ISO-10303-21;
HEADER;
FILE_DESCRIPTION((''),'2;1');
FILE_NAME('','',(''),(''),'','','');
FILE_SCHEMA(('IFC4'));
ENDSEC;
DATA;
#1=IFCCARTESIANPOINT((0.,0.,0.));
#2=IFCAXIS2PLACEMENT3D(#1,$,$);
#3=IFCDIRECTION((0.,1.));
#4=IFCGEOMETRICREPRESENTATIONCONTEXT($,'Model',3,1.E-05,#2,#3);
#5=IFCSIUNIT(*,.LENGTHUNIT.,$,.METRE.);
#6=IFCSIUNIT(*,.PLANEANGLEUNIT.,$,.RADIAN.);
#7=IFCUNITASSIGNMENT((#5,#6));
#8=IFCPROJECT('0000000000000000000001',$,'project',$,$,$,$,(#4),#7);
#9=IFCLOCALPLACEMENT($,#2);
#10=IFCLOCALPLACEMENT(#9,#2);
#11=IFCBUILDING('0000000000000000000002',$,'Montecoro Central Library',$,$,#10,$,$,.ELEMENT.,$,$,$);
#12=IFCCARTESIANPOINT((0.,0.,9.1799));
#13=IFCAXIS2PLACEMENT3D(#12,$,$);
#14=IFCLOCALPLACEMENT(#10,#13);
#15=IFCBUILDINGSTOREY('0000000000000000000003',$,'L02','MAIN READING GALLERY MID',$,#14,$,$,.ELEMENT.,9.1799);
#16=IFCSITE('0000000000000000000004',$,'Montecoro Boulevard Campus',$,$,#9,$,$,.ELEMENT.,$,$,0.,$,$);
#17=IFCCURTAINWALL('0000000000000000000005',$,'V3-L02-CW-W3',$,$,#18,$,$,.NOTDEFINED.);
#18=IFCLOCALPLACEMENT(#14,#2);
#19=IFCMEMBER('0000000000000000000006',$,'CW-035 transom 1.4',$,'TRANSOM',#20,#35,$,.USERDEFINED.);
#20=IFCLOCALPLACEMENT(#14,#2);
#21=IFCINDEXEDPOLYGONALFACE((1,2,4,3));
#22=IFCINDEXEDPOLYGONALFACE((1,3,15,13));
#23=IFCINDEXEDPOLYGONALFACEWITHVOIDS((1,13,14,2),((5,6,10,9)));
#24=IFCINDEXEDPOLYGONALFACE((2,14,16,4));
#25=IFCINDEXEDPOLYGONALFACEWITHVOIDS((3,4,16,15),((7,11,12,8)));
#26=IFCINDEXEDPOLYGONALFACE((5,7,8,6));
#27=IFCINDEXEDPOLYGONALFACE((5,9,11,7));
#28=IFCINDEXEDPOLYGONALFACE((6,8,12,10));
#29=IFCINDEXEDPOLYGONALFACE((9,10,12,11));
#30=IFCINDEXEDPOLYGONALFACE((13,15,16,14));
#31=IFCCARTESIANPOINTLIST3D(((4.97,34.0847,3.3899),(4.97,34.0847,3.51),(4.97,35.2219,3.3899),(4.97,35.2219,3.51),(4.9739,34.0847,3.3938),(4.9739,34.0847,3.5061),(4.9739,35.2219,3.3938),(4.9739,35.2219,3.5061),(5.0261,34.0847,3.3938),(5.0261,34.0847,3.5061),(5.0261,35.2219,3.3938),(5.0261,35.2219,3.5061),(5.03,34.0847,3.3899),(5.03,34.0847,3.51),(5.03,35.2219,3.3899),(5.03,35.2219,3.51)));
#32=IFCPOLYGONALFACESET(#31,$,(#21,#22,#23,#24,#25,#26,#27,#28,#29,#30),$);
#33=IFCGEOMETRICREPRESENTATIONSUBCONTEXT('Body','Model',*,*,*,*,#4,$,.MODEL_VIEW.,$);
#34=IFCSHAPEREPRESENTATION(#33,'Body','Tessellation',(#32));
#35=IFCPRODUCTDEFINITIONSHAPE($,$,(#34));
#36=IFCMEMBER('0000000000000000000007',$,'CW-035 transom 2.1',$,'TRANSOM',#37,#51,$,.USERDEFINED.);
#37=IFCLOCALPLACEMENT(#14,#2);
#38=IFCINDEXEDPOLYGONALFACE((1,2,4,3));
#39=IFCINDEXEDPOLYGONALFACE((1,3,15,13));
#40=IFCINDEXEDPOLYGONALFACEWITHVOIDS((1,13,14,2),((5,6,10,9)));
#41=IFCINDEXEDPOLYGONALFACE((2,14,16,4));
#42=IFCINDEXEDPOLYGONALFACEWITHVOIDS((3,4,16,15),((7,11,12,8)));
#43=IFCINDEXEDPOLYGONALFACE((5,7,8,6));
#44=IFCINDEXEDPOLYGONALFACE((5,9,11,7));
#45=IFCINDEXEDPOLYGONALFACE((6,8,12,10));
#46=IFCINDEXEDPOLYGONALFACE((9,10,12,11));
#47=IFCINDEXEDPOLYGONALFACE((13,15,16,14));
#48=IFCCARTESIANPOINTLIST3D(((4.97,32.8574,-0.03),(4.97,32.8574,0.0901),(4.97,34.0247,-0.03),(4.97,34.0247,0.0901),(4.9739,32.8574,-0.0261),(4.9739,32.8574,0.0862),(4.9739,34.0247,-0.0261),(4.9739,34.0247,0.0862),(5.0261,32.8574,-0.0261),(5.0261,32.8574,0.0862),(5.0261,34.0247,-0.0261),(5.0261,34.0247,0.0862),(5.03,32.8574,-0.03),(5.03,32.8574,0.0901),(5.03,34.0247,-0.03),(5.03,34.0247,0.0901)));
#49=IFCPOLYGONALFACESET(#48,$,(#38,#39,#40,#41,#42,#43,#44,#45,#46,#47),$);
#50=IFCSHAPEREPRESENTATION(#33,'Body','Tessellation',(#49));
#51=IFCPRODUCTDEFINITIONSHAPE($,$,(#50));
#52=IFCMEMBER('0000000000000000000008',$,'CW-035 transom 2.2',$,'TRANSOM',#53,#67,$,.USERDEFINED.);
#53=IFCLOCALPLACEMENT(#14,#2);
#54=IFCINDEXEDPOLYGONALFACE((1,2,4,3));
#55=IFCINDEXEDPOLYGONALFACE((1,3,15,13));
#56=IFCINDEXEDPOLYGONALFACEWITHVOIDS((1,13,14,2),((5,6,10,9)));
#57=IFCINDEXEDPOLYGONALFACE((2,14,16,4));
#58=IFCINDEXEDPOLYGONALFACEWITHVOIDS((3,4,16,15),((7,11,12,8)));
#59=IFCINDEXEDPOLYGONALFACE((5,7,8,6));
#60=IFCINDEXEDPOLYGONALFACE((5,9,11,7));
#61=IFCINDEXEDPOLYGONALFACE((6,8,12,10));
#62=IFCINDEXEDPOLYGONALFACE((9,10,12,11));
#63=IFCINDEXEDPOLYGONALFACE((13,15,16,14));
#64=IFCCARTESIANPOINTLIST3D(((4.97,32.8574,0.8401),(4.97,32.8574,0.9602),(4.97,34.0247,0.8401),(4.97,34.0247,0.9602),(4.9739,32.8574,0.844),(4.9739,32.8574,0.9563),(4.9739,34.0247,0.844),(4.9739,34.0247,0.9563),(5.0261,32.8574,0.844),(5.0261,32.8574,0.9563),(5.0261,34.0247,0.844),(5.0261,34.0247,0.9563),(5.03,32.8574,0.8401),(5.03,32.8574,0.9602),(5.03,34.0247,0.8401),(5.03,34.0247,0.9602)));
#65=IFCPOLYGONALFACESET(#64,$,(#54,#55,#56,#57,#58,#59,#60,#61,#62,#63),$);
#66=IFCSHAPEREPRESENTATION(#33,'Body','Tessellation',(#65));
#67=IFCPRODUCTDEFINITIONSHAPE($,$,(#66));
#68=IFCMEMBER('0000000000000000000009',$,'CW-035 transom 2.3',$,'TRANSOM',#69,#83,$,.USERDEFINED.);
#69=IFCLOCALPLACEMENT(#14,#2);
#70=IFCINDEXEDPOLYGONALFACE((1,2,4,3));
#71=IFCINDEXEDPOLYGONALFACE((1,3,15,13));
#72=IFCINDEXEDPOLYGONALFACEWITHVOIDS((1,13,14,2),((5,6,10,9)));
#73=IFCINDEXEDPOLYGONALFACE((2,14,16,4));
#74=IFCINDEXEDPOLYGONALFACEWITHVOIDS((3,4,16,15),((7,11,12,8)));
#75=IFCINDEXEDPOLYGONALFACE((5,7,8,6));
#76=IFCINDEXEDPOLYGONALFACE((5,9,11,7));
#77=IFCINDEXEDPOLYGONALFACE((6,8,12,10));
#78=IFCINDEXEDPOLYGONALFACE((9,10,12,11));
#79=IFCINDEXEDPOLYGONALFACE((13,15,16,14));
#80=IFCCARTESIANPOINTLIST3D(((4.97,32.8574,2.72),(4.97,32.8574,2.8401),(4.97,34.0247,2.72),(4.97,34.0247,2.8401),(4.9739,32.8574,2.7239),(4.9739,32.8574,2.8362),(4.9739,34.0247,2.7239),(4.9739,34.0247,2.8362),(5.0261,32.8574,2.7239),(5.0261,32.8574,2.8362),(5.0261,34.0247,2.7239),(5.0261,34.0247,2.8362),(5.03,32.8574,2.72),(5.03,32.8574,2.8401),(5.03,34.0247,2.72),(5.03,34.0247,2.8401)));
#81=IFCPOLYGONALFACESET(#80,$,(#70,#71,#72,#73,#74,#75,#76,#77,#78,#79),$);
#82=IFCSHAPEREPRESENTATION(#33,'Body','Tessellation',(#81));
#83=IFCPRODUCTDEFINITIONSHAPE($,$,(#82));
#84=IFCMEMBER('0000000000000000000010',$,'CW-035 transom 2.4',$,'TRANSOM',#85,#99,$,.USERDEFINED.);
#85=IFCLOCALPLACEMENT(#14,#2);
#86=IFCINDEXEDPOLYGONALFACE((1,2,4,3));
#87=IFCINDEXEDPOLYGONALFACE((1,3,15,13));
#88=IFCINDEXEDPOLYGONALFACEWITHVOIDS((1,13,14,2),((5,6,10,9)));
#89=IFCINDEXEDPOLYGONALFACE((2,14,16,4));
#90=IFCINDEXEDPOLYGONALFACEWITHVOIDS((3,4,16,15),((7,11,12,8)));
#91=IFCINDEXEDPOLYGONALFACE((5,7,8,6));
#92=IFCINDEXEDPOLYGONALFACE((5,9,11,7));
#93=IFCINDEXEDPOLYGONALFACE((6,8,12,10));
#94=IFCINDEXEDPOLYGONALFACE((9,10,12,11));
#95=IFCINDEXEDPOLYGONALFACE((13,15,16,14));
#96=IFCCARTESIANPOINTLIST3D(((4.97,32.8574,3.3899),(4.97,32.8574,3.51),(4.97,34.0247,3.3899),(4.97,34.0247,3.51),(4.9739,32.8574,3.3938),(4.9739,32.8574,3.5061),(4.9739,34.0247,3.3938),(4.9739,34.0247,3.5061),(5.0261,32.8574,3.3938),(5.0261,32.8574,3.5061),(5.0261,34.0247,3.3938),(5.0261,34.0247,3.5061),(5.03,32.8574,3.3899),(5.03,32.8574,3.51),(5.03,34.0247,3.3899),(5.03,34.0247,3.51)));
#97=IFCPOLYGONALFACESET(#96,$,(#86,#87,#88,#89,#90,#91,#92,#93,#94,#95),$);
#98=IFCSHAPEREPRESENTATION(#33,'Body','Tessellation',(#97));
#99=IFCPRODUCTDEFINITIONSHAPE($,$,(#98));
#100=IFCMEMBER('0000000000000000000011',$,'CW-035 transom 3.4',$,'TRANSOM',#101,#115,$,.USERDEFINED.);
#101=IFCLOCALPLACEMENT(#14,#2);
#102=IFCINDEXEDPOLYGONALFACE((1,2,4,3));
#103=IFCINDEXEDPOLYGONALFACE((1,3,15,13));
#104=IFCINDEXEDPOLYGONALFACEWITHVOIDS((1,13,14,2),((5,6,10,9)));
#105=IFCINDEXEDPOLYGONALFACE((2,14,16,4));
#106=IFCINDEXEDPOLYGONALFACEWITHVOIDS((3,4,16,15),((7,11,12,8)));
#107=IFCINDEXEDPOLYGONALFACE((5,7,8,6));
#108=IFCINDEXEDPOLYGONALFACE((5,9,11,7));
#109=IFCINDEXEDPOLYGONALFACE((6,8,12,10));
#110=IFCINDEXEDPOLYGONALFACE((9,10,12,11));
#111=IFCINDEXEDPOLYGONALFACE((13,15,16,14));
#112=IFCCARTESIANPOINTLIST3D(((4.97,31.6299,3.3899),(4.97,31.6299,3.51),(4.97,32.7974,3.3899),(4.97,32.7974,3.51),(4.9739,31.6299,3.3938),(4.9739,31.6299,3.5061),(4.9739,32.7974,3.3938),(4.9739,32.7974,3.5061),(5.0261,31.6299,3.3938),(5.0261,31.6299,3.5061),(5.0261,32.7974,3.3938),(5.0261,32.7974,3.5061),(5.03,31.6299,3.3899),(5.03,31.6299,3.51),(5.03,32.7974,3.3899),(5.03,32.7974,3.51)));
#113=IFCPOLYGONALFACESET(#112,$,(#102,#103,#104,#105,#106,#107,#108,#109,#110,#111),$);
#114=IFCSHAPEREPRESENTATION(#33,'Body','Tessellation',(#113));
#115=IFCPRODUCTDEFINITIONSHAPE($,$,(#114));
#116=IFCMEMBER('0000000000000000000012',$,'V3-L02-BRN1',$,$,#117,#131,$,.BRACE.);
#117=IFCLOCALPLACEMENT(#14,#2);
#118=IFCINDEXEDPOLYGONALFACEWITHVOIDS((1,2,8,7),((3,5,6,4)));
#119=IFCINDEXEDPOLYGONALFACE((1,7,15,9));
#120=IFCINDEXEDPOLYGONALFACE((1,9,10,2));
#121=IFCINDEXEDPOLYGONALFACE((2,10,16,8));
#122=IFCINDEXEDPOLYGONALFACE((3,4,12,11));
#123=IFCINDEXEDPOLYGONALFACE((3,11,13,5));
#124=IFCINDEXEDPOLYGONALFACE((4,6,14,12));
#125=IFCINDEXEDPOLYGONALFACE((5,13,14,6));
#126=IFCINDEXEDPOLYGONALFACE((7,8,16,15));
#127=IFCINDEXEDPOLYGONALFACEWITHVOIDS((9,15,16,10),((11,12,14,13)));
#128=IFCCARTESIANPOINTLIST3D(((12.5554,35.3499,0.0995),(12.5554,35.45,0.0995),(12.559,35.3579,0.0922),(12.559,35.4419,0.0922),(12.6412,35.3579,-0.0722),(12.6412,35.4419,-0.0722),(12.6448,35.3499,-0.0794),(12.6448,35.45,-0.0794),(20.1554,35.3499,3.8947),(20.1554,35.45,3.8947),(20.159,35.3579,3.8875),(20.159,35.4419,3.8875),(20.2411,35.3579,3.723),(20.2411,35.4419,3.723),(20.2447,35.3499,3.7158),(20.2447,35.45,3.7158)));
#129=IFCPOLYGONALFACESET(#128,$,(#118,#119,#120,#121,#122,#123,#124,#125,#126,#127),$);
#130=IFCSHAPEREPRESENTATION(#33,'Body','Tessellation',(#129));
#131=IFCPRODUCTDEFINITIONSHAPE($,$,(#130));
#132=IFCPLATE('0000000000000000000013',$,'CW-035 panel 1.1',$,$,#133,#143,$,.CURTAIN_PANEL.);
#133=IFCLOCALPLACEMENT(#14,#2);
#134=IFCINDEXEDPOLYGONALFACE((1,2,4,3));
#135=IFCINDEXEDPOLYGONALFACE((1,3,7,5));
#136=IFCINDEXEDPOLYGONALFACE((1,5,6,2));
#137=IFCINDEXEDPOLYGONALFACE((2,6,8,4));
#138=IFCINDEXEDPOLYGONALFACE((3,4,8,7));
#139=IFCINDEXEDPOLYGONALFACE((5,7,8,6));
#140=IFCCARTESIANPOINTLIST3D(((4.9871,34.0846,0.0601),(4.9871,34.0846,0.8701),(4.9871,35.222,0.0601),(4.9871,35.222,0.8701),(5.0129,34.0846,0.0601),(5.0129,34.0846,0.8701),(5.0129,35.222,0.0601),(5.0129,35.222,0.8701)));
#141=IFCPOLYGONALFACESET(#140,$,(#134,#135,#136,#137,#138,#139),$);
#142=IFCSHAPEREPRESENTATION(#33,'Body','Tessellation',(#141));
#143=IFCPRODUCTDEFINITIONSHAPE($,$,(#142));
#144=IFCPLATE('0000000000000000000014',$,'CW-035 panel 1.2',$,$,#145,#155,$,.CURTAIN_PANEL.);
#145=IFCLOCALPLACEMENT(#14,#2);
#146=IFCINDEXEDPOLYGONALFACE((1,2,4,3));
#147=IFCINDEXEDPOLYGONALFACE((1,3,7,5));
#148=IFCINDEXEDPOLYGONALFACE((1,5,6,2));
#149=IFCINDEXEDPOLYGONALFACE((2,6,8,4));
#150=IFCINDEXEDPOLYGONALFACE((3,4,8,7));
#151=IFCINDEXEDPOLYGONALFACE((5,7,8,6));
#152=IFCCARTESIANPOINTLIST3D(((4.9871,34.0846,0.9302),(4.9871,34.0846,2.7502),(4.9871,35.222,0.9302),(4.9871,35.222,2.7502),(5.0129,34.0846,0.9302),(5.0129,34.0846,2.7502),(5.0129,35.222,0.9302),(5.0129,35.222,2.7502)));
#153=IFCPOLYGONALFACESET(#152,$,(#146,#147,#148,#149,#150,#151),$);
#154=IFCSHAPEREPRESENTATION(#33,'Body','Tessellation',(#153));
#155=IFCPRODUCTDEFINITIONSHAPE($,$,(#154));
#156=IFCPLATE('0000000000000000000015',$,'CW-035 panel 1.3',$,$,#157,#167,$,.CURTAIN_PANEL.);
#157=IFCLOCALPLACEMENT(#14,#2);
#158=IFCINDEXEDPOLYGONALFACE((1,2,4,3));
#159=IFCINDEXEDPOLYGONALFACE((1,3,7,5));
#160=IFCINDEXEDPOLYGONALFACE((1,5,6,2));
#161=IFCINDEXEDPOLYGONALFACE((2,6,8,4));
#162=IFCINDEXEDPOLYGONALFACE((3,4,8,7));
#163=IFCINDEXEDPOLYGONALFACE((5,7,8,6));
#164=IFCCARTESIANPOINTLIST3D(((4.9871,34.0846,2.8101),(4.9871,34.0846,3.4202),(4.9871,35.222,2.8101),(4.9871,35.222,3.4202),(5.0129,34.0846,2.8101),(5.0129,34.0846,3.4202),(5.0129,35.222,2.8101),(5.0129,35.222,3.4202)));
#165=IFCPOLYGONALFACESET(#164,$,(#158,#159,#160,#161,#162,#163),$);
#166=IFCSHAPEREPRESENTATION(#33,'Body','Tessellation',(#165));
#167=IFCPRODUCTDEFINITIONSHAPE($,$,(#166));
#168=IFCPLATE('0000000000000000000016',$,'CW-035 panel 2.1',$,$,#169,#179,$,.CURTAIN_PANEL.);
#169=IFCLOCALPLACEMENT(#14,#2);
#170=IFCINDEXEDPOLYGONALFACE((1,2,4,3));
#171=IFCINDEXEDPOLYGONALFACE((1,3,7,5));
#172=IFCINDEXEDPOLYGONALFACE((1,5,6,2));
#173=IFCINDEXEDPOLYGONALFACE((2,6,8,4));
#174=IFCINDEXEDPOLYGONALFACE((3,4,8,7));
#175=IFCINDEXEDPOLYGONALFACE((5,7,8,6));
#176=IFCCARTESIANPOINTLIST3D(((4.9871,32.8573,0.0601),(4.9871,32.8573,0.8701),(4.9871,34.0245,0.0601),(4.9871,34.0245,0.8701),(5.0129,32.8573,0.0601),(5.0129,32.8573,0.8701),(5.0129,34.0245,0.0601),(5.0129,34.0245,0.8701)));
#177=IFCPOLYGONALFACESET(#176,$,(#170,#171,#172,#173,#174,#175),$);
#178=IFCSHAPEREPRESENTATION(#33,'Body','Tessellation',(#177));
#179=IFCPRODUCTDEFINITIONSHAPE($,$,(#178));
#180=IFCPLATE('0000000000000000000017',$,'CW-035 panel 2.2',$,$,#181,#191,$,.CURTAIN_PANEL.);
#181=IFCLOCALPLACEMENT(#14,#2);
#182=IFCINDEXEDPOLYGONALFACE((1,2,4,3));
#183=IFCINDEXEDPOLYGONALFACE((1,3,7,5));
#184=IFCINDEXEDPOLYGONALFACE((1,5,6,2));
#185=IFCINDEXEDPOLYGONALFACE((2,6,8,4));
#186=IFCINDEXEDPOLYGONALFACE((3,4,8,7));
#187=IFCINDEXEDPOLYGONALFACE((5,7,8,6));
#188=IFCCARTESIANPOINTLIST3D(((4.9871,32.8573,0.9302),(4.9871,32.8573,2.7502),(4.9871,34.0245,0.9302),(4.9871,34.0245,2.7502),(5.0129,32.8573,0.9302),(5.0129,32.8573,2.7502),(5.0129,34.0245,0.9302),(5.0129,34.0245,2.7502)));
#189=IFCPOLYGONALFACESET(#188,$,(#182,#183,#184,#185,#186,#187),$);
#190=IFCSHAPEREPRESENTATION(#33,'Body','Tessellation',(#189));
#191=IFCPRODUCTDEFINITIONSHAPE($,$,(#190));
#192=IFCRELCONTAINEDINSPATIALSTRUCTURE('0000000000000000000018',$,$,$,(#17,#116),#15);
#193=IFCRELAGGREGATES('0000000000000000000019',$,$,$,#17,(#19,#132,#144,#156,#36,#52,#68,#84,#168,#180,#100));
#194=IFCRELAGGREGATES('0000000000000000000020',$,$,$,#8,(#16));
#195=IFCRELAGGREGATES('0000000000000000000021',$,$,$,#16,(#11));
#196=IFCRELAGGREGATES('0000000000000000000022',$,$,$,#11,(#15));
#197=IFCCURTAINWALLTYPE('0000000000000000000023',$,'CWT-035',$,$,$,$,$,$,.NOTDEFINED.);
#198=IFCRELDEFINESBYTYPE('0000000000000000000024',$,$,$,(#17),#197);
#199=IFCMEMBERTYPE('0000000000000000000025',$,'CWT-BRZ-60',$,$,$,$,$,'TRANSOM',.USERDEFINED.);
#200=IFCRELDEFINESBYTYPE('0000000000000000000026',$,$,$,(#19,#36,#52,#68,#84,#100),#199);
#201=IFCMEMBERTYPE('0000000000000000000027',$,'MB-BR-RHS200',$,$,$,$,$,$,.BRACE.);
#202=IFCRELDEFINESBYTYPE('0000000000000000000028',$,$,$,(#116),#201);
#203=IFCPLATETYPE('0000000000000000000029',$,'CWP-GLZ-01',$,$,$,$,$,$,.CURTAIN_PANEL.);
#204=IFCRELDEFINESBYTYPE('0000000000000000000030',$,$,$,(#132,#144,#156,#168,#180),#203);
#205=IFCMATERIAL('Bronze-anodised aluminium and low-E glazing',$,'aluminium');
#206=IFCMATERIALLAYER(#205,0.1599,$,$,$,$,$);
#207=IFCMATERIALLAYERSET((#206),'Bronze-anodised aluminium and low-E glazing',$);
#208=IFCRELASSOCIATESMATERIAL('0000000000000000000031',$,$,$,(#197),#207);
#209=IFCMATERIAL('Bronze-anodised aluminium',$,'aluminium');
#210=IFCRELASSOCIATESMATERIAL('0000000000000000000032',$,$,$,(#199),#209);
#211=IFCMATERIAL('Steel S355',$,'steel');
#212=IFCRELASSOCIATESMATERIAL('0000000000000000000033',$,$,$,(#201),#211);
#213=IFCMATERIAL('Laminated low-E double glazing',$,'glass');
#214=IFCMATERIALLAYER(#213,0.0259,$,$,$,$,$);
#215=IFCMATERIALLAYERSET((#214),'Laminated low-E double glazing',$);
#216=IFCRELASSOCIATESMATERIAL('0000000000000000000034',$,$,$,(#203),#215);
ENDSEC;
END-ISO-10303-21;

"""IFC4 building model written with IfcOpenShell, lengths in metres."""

from ifc_helpers import new_model, si_unit, direction, frame, origin, origin_2d, place, context, subcontext, project, spatial, rectangle, hollow_rectangle, extrude, material, layer, layer_set, material_profile, profile_set, type_object, element, aggregate, save


model = new_model("IFC4")

# Units and contexts
model_context = context("Model", 3, precision=1e-05, world=origin(), true_north=direction((0.0, 1.0)))
body_context = subcontext(model_context, "Body", "Model", "MODEL_VIEW")
ifc_project = project(units=[si_unit("LENGTHUNIT", "METRE"), si_unit("PLANEANGLEUNIT", "RADIAN")], contexts=[model_context])

# Site, building, storey
site_placement = place(None, origin())
site = spatial("IfcSite", under=ifc_project, at=site_placement, Name="Montecoro Boulevard Campus", CompositionType="ELEMENT", RefElevation=0.0)
building_placement = place(site_placement, origin())
building = spatial("IfcBuilding", under=site, at=building_placement, Name="Montecoro Central Library", CompositionType="ELEMENT")
storey_placement = place(building_placement, frame((0.0, 0.0, 9.1799)))
storey = spatial("IfcBuildingStorey", under=building, at=storey_placement, Name="L02", Description="MAIN READING GALLERY MID", CompositionType="ELEMENT", Elevation=9.1799)

# Shared definitions
ifc_material_1 = material(Name="Steel S355", Category="steel")

# Curtain wall, members
ifc_material_2 = material(Name="Bronze-anodised aluminium and low-E glazing", Category="aluminium")
ifc_layer_1 = layer(ifc_material_2, 0.1599)
ifc_layer_set_1 = layer_set([ifc_layer_1], Name="Bronze-anodised aluminium and low-E glazing")
curtain_wall_type = type_object("IfcCurtainWallType", Name="CWT-035", PredefinedType="NOTDEFINED", material=ifc_layer_set_1)
curtain_wall_placement = place(storey_placement, origin())
curtain_wall = element("IfcCurtainWall", 1, at=curtain_wall_placement, inside=storey, type_object=curtain_wall_type, Name="V3-L02-CW-W3", PredefinedType="NOTDEFINED")
ifc_material_3 = material(Name="Bronze-anodised aluminium", Category="aluminium")
ifc_material_profile_1 = material_profile(ifc_material_3, hollow_rectangle(XDim=0.0601, YDim=0.1201, WallThickness=0.0039, at=origin_2d()), Name="CWT 120x60x4.0")
ifc_profile_set_1 = profile_set([ifc_material_profile_1], Name="Bronze-anodised aluminium")
member_type_1 = type_object("IfcMemberType", Name="CWT-BRZ-60", ElementType="TRANSOM", PredefinedType="USERDEFINED", material=ifc_profile_set_1)
member_1_placement = place(storey_placement, frame((5.0, 35.2219, 3.45), z_axis=(0.0, -1.0, 0.0), x_axis=(1.0, 0.0, 0.0)))
member_1 = element("IfcMember", 2, at=member_1_placement, type_object=member_type_1, Name="CW-035 transom 1.4", ObjectType="TRANSOM", PredefinedType="USERDEFINED", context=body_context, shape_type="SweptSolid", body=[
    extrude(hollow_rectangle(XDim=0.0601, YDim=0.1201, WallThickness=0.0039, at=origin_2d()), origin(), (0.0, 0.0, 1.0), 1.1372),
])
member_2_placement = place(storey_placement, frame((5.0, 34.0247, 0.03), z_axis=(0.0, -1.0, 0.0), x_axis=(1.0, 0.0, 0.0)))
member_2 = element("IfcMember", 3, at=member_2_placement, type_object=member_type_1, Name="CW-035 transom 2.1", ObjectType="TRANSOM", PredefinedType="USERDEFINED", context=body_context, shape_type="SweptSolid", body=[
    extrude(hollow_rectangle(XDim=0.0601, YDim=0.1201, WallThickness=0.0039, at=origin_2d()), origin(), (0.0, 0.0, 1.0), 1.1672),
])
member_3_placement = place(storey_placement, frame((5.0, 34.0247, 0.9001), z_axis=(0.0, -1.0, 0.0), x_axis=(1.0, 0.0, 0.0)))
member_3 = element("IfcMember", 4, at=member_3_placement, type_object=member_type_1, Name="CW-035 transom 2.2", ObjectType="TRANSOM", PredefinedType="USERDEFINED", context=body_context, shape_type="SweptSolid", body=[
    extrude(hollow_rectangle(XDim=0.0601, YDim=0.1201, WallThickness=0.0039, at=origin_2d()), origin(), (0.0, 0.0, 1.0), 1.1672),
])
member_4_placement = place(storey_placement, frame((5.0, 34.0247, 2.78), z_axis=(0.0, -1.0, 0.0), x_axis=(1.0, 0.0, 0.0)))
member_4 = element("IfcMember", 5, at=member_4_placement, type_object=member_type_1, Name="CW-035 transom 2.3", ObjectType="TRANSOM", PredefinedType="USERDEFINED", context=body_context, shape_type="SweptSolid", body=[
    extrude(hollow_rectangle(XDim=0.0601, YDim=0.1201, WallThickness=0.0039, at=origin_2d()), origin(), (0.0, 0.0, 1.0), 1.1672),
])
member_5_placement = place(storey_placement, frame((5.0, 34.0247, 3.45), z_axis=(0.0, -1.0, 0.0), x_axis=(1.0, 0.0, 0.0)))
member_5 = element("IfcMember", 6, at=member_5_placement, type_object=member_type_1, Name="CW-035 transom 2.4", ObjectType="TRANSOM", PredefinedType="USERDEFINED", context=body_context, shape_type="SweptSolid", body=[
    extrude(hollow_rectangle(XDim=0.0601, YDim=0.1201, WallThickness=0.0039, at=origin_2d()), origin(), (0.0, 0.0, 1.0), 1.1672),
])
member_6_placement = place(storey_placement, frame((5.0, 32.7974, 3.45), z_axis=(0.0, -1.0, 0.0), x_axis=(1.0, 0.0, 0.0)))
member_6 = element("IfcMember", 7, at=member_6_placement, type_object=member_type_1, Name="CW-035 transom 3.4", ObjectType="TRANSOM", PredefinedType="USERDEFINED", context=body_context, shape_type="SweptSolid", body=[
    extrude(hollow_rectangle(XDim=0.0601, YDim=0.1201, WallThickness=0.0039, at=origin_2d()), origin(), (0.0, 0.0, 1.0), 1.1675),
])

# Member
ifc_material_profile_2 = material_profile(ifc_material_1, hollow_rectangle(XDim=0.1001, YDim=0.2, WallThickness=0.0081, at=origin_2d()), Name="RHS 200x100x8.0")
ifc_profile_set_2 = profile_set([ifc_material_profile_2], Name="Steel S355")
member_type_2 = type_object("IfcMemberType", Name="MB-BR-RHS200", PredefinedType="BRACE", material=ifc_profile_set_2)
member_7_placement = place(storey_placement, frame((12.6001, 35.3999, 0.01), z_axis=(0.894651, 0.0, 0.446765), x_axis=(0.0, 1.0, 0.0)))
element("IfcMember", 8, at=member_7_placement, inside=storey, type_object=member_type_2, Name="V3-L02-BRN1", PredefinedType="BRACE", context=body_context, shape_type="SweptSolid", body=[
    extrude(hollow_rectangle(XDim=0.1001, YDim=0.2, WallThickness=0.0081, at=origin_2d()), origin(), (0.0, 0.0, 1.0), 8.4949),
])

# Plates
ifc_material_4 = material(Name="Laminated low-E double glazing", Category="glass")
ifc_layer_2 = layer(ifc_material_4, 0.0259)
ifc_layer_set_2 = layer_set([ifc_layer_2], Name="Laminated low-E double glazing")
plate_type_1 = type_object("IfcPlateType", Name="CWP-GLZ-01", PredefinedType="CURTAIN_PANEL", material=ifc_layer_set_2)
plate_1_placement = place(storey_placement, frame((5.0, 34.6533, 0.0601), z_axis=(0.0, 0.0, 1.0), x_axis=(0.0, -1.0, 0.0)))
plate_1 = element("IfcPlate", 9, at=plate_1_placement, type_object=plate_type_1, Name="CW-035 panel 1.1", PredefinedType="CURTAIN_PANEL", context=body_context, shape_type="SweptSolid", body=[
    extrude(rectangle(XDim=1.1375, YDim=0.0259, at=origin_2d()), origin(), (0.0, 0.0, 1.0), 0.8101),
])
plate_2_placement = place(storey_placement, frame((5.0, 34.6533, 0.9302), z_axis=(0.0, 0.0, 1.0), x_axis=(0.0, -1.0, 0.0)))
plate_2 = element("IfcPlate", 10, at=plate_2_placement, type_object=plate_type_1, Name="CW-035 panel 1.2", PredefinedType="CURTAIN_PANEL", context=body_context, shape_type="SweptSolid", body=[
    extrude(rectangle(XDim=1.1375, YDim=0.0259, at=origin_2d()), origin(), (0.0, 0.0, 1.0), 1.8201),
])
plate_3_placement = place(storey_placement, frame((5.0, 34.6533, 2.8101), z_axis=(0.0, 0.0, 1.0), x_axis=(0.0, -1.0, 0.0)))
plate_3 = element("IfcPlate", 11, at=plate_3_placement, type_object=plate_type_1, Name="CW-035 panel 1.3", PredefinedType="CURTAIN_PANEL", context=body_context, shape_type="SweptSolid", body=[
    extrude(rectangle(XDim=1.1375, YDim=0.0259, at=origin_2d()), origin(), (0.0, 0.0, 1.0), 0.6101),
])
plate_4_placement = place(storey_placement, frame((5.0, 33.4409, 0.0601), z_axis=(0.0, 0.0, 1.0), x_axis=(0.0, -1.0, 0.0)))
plate_4 = element("IfcPlate", 12, at=plate_4_placement, type_object=plate_type_1, Name="CW-035 panel 2.1", PredefinedType="CURTAIN_PANEL", context=body_context, shape_type="SweptSolid", body=[
    extrude(rectangle(XDim=1.1672, YDim=0.0259, at=origin_2d()), origin(), (0.0, 0.0, 1.0), 0.8101),
])
plate_5_placement = place(storey_placement, frame((5.0, 33.4409, 0.9302), z_axis=(0.0, 0.0, 1.0), x_axis=(0.0, -1.0, 0.0)))
plate_5 = element("IfcPlate", 13, at=plate_5_placement, type_object=plate_type_1, Name="CW-035 panel 2.2", PredefinedType="CURTAIN_PANEL", context=body_context, shape_type="SweptSolid", body=[
    extrude(rectangle(XDim=1.1672, YDim=0.0259, at=origin_2d()), origin(), (0.0, 0.0, 1.0), 1.8201),
])
aggregate(curtain_wall, [member_1, plate_1, plate_2, plate_3, member_2, member_3, member_4, member_5, plate_4, plate_5, member_6])

save(model, "model.ifc")
